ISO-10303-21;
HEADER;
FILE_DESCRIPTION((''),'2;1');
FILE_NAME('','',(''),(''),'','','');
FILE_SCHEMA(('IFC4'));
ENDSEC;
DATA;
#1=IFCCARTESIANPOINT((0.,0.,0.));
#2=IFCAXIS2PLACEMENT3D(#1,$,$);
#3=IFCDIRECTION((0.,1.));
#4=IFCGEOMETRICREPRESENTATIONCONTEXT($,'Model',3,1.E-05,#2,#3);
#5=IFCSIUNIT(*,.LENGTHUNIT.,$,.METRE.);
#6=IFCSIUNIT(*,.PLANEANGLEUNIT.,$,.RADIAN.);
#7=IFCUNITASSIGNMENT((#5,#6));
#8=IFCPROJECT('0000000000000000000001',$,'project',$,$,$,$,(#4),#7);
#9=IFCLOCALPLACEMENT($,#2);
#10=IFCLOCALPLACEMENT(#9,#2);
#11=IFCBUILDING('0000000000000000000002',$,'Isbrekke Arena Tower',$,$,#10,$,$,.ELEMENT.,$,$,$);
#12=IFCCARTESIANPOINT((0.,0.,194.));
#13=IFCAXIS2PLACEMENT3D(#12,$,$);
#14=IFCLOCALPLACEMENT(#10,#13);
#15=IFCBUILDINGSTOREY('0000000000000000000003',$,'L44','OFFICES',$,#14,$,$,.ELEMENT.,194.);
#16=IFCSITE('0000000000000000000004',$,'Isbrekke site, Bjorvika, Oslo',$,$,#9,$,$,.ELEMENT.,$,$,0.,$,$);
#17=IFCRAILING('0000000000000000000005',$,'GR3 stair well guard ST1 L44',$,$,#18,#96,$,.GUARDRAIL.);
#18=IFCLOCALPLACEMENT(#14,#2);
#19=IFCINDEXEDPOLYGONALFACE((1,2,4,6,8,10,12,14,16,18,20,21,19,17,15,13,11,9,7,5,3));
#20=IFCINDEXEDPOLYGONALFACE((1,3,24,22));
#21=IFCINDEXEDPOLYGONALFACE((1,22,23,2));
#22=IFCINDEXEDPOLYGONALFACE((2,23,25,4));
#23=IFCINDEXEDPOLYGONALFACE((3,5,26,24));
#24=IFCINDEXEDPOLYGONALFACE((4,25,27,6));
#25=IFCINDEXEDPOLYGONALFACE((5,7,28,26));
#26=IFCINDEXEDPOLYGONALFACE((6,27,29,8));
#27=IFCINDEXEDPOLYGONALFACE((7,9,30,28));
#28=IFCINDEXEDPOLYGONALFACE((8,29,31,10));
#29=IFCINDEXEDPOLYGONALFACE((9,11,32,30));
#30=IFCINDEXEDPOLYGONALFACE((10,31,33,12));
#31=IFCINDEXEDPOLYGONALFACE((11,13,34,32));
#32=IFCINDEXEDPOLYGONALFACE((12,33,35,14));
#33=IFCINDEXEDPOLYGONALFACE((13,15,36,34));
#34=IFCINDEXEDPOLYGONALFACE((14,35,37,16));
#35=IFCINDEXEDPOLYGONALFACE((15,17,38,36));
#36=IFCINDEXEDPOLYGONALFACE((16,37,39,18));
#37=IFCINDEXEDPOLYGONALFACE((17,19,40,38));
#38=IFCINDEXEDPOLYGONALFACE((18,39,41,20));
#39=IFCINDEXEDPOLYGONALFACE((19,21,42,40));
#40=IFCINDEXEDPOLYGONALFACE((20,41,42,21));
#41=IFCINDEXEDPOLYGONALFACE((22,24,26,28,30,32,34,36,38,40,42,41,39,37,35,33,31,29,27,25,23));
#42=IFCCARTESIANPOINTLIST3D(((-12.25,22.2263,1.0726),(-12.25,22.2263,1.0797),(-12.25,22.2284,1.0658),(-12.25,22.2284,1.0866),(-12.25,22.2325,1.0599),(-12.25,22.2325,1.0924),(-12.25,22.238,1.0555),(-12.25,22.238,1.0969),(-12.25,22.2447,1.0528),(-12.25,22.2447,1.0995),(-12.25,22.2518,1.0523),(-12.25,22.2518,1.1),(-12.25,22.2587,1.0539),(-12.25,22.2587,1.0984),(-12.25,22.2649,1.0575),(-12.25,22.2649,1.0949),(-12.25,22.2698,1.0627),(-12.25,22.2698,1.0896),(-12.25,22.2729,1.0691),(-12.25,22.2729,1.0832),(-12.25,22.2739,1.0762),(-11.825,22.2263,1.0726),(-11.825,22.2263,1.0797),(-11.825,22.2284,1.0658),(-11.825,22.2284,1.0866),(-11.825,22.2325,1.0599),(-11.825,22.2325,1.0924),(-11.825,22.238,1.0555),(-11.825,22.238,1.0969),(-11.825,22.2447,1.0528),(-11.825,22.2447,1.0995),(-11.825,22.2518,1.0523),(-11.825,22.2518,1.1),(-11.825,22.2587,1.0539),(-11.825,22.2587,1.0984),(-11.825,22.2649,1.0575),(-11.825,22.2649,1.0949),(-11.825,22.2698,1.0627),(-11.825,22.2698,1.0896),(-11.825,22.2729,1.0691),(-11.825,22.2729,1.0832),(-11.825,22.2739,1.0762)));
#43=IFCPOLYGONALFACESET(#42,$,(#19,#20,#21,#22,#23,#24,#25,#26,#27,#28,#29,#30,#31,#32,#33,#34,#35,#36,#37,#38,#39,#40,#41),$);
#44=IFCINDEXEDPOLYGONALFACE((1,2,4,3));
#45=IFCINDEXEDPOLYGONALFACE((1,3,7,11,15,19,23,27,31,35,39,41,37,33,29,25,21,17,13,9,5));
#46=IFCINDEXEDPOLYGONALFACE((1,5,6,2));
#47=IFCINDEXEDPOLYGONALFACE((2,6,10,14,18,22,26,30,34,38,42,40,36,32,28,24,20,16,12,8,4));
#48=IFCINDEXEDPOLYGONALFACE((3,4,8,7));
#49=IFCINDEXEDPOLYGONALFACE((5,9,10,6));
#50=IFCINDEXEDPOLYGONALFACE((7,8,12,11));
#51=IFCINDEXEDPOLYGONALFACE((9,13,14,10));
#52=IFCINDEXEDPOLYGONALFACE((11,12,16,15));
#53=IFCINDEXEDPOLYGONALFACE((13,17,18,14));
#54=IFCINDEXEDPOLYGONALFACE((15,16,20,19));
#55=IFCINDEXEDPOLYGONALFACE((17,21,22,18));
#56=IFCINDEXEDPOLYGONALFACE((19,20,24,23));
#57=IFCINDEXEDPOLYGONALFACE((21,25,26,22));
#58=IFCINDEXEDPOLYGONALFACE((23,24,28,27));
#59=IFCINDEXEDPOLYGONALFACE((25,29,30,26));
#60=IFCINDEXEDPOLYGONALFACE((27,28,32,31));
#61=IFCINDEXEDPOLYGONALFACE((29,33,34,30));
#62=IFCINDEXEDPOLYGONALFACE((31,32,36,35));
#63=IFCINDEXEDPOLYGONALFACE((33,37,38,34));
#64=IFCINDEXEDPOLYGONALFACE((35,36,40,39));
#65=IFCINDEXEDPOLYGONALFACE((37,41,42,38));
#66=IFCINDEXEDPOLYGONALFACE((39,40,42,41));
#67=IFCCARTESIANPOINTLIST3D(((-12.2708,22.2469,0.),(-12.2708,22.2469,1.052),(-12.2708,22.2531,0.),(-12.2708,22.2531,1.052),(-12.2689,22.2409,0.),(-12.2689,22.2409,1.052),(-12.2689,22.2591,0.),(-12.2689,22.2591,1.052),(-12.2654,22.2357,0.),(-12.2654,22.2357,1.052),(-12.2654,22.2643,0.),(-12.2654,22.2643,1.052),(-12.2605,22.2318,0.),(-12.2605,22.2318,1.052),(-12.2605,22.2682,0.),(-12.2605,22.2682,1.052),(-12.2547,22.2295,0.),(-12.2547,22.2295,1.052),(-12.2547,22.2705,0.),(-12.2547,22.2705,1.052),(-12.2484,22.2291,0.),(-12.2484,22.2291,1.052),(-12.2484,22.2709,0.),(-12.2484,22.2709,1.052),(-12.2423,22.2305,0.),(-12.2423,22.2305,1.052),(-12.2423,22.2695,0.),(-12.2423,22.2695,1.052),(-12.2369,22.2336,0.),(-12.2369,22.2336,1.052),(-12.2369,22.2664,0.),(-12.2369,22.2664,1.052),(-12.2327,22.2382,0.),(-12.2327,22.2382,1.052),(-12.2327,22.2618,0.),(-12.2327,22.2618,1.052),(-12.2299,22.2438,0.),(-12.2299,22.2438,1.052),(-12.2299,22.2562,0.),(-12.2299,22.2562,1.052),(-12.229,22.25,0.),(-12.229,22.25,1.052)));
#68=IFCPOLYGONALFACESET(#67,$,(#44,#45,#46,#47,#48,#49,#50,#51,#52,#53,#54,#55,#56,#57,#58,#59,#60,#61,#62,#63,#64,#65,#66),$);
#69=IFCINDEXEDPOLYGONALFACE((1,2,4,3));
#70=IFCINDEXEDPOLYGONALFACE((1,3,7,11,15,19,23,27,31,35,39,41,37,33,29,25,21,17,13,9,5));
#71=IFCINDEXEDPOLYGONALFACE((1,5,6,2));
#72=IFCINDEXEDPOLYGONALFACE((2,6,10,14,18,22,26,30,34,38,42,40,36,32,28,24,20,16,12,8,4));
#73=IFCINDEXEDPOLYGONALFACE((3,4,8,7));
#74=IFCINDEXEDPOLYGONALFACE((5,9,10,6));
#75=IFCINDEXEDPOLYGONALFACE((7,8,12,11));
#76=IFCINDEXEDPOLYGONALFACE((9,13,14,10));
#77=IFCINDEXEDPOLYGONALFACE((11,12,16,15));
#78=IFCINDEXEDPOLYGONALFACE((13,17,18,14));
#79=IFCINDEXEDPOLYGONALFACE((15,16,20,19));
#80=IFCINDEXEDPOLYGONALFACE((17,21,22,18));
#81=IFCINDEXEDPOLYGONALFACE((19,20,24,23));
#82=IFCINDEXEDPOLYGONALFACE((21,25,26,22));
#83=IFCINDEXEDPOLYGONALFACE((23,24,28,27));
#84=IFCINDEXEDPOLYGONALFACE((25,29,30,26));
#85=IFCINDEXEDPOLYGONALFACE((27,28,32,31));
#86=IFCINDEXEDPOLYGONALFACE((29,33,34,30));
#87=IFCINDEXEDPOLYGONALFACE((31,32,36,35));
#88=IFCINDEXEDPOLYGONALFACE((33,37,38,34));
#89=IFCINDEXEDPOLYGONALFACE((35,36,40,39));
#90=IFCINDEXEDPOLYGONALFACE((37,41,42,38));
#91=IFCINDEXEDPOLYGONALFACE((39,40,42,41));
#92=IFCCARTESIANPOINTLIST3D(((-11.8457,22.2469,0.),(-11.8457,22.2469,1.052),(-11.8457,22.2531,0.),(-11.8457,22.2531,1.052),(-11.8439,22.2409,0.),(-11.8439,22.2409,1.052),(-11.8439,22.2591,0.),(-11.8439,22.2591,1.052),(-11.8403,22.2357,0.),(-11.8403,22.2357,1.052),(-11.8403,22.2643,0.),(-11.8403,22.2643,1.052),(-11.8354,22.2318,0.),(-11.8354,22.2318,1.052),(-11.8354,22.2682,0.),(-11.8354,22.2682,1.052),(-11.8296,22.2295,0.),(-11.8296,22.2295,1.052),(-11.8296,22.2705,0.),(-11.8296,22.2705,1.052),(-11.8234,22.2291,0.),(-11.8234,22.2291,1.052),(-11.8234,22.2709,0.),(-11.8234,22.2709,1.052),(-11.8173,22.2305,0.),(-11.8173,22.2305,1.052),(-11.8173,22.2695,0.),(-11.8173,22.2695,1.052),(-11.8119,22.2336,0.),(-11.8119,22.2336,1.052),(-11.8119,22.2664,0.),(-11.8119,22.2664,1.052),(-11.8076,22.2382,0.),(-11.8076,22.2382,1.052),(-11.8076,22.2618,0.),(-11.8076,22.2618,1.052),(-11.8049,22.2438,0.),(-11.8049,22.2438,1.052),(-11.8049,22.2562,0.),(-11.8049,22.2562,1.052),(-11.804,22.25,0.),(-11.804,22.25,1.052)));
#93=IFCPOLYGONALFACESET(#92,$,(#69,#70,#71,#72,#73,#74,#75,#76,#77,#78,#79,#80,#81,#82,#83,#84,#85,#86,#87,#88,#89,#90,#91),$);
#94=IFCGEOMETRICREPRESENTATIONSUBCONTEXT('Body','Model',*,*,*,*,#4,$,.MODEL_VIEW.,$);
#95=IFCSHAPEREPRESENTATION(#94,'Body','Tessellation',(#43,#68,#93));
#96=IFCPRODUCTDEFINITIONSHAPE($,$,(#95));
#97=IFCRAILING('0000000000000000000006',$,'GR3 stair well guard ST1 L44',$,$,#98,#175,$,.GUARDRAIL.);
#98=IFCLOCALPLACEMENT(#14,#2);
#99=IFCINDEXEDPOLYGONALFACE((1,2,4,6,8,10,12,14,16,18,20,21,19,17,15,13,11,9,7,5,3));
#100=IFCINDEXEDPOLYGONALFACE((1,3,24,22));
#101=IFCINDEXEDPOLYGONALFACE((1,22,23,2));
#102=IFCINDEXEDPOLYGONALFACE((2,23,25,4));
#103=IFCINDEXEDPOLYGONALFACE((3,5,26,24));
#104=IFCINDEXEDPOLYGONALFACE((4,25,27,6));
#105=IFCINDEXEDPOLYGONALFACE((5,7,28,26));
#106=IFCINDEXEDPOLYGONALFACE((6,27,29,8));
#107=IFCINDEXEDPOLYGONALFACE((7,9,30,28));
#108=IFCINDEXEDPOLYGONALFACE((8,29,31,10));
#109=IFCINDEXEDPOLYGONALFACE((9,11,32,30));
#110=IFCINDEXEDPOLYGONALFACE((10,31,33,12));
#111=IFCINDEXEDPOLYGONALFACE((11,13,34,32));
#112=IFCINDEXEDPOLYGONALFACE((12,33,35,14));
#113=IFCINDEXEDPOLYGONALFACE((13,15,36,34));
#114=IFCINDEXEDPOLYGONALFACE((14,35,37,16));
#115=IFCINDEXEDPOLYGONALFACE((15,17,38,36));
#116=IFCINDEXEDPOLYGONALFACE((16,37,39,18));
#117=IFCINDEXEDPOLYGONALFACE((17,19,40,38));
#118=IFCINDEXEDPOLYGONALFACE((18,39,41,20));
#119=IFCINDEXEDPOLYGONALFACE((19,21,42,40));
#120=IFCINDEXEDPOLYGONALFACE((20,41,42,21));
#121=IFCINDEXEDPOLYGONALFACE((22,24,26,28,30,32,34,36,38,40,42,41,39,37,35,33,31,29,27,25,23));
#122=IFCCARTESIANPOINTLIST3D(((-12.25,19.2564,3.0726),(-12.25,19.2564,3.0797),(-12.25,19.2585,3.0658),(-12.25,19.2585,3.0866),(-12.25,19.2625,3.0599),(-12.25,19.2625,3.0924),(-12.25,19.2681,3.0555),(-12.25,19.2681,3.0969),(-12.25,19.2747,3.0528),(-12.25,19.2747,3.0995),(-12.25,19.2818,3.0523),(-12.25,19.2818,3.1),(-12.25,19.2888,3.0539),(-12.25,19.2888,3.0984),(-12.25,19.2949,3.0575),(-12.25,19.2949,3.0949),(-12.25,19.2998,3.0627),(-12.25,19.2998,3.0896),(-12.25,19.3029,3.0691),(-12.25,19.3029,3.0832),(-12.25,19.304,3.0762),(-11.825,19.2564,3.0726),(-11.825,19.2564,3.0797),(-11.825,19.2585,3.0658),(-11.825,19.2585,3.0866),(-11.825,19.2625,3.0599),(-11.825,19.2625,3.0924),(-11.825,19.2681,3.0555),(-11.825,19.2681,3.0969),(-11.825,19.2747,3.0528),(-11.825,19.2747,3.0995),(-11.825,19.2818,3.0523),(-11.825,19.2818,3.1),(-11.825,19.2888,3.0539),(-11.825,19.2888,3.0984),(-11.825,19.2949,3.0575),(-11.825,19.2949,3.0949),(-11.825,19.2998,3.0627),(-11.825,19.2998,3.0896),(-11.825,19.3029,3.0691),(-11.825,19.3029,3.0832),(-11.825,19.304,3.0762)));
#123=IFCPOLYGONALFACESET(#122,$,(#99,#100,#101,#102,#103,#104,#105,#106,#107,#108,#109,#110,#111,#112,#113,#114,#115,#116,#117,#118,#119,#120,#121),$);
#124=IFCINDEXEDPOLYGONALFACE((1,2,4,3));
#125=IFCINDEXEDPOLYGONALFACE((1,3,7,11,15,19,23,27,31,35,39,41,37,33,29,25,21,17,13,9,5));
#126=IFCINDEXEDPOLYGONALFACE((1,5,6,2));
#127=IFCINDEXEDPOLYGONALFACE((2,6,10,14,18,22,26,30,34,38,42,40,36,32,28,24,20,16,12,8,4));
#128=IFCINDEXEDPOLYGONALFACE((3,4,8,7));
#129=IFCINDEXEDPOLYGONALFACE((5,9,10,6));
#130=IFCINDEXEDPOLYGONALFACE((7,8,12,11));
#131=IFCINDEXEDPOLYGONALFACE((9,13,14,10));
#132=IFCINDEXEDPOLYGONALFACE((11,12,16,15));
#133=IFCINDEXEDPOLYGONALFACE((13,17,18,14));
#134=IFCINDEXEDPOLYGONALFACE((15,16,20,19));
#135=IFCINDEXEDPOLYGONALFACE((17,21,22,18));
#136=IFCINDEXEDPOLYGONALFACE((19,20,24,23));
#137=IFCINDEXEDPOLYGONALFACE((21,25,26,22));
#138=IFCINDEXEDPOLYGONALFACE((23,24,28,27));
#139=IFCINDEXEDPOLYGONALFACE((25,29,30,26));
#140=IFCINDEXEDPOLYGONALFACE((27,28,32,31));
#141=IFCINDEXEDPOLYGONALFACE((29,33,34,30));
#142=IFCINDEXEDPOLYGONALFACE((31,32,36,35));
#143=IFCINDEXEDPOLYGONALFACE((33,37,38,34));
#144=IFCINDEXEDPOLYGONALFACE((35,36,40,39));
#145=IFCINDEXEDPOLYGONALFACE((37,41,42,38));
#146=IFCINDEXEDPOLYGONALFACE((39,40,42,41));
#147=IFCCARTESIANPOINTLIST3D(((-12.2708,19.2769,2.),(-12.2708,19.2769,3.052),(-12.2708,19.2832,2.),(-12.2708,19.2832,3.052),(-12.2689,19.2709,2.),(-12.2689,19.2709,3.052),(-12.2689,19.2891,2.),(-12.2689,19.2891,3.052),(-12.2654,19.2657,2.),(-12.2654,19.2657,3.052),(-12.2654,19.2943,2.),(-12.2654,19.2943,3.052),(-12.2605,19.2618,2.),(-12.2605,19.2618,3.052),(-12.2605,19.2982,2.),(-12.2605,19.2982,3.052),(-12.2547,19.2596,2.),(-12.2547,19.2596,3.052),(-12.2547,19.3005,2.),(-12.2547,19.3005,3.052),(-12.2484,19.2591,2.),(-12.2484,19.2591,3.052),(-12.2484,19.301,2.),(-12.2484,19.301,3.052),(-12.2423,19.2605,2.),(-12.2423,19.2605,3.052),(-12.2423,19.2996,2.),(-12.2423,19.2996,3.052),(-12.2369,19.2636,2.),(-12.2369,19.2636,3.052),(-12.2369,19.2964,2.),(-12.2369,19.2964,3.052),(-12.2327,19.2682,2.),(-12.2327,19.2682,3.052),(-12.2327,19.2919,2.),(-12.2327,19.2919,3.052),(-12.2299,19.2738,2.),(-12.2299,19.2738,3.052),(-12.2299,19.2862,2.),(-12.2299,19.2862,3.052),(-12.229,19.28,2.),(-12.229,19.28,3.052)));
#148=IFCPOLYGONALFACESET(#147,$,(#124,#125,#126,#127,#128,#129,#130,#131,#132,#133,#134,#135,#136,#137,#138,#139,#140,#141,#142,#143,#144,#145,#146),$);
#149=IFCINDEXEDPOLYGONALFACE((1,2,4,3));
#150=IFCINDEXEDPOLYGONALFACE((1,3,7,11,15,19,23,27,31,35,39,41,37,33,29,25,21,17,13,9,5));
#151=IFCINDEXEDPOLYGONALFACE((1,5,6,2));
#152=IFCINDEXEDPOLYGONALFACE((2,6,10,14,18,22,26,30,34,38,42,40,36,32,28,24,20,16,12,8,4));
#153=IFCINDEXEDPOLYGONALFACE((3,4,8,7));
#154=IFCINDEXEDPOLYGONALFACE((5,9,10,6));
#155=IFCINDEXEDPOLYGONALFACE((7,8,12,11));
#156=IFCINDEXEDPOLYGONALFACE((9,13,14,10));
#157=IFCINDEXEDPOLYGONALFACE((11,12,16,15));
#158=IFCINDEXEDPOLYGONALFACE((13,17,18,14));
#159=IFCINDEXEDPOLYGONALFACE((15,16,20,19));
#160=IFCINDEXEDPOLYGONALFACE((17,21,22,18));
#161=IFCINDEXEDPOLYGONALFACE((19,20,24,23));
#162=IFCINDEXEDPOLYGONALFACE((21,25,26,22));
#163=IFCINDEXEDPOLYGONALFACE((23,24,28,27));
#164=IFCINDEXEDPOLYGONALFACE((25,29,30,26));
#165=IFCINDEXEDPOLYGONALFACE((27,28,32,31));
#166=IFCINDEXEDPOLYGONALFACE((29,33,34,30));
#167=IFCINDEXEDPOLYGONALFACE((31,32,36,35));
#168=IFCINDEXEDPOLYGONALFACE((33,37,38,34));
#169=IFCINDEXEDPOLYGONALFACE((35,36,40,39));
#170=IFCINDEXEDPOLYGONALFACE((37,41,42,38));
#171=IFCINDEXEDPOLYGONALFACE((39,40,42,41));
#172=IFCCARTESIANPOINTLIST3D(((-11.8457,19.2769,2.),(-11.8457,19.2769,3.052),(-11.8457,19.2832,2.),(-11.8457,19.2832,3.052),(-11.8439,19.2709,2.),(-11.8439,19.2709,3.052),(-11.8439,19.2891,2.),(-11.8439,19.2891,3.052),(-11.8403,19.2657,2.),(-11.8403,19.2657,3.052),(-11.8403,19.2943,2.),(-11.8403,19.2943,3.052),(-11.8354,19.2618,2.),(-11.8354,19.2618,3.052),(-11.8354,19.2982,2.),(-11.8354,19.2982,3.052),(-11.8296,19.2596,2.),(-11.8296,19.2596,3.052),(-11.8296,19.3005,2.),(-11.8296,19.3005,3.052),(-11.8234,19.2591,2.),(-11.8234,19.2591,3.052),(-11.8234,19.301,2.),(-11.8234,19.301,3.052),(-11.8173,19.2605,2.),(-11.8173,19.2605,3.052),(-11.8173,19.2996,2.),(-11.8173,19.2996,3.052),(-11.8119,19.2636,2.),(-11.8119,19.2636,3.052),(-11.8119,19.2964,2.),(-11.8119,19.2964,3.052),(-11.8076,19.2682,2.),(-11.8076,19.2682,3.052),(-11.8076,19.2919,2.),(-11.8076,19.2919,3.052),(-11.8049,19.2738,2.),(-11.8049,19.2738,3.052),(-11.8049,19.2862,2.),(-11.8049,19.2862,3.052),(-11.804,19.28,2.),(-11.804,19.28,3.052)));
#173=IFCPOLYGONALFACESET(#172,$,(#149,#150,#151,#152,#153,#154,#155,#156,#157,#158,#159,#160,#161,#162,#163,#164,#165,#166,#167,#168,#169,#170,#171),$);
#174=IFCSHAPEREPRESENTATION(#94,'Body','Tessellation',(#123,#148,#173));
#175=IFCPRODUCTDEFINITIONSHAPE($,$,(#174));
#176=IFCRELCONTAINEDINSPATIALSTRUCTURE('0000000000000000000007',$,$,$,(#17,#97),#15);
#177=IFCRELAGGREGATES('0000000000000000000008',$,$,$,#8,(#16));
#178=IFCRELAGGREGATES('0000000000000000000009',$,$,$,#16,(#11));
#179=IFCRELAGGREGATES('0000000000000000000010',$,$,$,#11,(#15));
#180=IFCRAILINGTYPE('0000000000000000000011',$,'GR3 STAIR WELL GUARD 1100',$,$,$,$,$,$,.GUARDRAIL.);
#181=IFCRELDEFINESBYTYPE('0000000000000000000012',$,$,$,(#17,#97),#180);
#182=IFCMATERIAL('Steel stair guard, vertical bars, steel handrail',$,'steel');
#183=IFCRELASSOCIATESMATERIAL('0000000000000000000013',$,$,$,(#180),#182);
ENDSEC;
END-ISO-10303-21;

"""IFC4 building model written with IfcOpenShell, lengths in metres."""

from ifc_helpers import new_model, si_unit, direction, frame, origin, origin_2d, place, context, subcontext, project, spatial, circle, extrude, material, type_object, element, save


model = new_model("IFC4")

# Units and contexts
model_context = context("Model", 3, precision=1e-05, world=origin(), true_north=direction((0.0, 1.0)))
body_context = subcontext(model_context, "Body", "Model", "MODEL_VIEW")
ifc_project = project(units=[si_unit("LENGTHUNIT", "METRE"), si_unit("PLANEANGLEUNIT", "RADIAN")], contexts=[model_context])

# Site, building, storey
site_placement = place(None, origin())
site = spatial("IfcSite", under=ifc_project, at=site_placement, Name="Isbrekke site, Bjorvika, Oslo", CompositionType="ELEMENT", RefElevation=0.0)
building_placement = place(site_placement, origin())
building = spatial("IfcBuilding", under=site, at=building_placement, Name="Isbrekke Arena Tower", CompositionType="ELEMENT")
storey_placement = place(building_placement, frame((0.0, 0.0, 194.0)))
storey = spatial("IfcBuildingStorey", under=building, at=storey_placement, Name="L44", Description="OFFICES", CompositionType="ELEMENT", Elevation=194.0)

# Railings
ifc_material_1 = material(Name="Steel stair guard, vertical bars, steel handrail", Category="steel")
railing_type = type_object("IfcRailingType", Name="GR3 STAIR WELL GUARD 1100", PredefinedType="GUARDRAIL", material=ifc_material_1)
for number, where, name in (
    (1, (-12.25, 22.25, 0.0), "GR3 stair well guard ST1 L44"),
    (2, (-12.25, 19.28, 2.0), "GR3 stair well guard ST1 L44"),
):
    element("IfcRailing", number, at=place(storey_placement, frame(where)), inside=storey, type_object=railing_type, Name=name, PredefinedType="GUARDRAIL", context=body_context, shape_type="SweptSolid", body=[
        extrude(circle(Radius=0.0239, at=origin_2d()), frame((0.0, 0.0, 1.0762), z_axis=(1.0, 0.0, 0.0), x_axis=(0.0, 1.0, 0.0)), (0.0, 0.0, 1.0), 0.425),
        extrude(circle(Radius=0.021, at=origin_2d()), origin(), (0.0, 0.0, 1.0), 1.052),
        extrude(circle(Radius=0.021, at=origin_2d()), frame((0.425, 0.0, 0.0)), (0.0, 0.0, 1.0), 1.052),
    ])

save(model, "model.ifc")
